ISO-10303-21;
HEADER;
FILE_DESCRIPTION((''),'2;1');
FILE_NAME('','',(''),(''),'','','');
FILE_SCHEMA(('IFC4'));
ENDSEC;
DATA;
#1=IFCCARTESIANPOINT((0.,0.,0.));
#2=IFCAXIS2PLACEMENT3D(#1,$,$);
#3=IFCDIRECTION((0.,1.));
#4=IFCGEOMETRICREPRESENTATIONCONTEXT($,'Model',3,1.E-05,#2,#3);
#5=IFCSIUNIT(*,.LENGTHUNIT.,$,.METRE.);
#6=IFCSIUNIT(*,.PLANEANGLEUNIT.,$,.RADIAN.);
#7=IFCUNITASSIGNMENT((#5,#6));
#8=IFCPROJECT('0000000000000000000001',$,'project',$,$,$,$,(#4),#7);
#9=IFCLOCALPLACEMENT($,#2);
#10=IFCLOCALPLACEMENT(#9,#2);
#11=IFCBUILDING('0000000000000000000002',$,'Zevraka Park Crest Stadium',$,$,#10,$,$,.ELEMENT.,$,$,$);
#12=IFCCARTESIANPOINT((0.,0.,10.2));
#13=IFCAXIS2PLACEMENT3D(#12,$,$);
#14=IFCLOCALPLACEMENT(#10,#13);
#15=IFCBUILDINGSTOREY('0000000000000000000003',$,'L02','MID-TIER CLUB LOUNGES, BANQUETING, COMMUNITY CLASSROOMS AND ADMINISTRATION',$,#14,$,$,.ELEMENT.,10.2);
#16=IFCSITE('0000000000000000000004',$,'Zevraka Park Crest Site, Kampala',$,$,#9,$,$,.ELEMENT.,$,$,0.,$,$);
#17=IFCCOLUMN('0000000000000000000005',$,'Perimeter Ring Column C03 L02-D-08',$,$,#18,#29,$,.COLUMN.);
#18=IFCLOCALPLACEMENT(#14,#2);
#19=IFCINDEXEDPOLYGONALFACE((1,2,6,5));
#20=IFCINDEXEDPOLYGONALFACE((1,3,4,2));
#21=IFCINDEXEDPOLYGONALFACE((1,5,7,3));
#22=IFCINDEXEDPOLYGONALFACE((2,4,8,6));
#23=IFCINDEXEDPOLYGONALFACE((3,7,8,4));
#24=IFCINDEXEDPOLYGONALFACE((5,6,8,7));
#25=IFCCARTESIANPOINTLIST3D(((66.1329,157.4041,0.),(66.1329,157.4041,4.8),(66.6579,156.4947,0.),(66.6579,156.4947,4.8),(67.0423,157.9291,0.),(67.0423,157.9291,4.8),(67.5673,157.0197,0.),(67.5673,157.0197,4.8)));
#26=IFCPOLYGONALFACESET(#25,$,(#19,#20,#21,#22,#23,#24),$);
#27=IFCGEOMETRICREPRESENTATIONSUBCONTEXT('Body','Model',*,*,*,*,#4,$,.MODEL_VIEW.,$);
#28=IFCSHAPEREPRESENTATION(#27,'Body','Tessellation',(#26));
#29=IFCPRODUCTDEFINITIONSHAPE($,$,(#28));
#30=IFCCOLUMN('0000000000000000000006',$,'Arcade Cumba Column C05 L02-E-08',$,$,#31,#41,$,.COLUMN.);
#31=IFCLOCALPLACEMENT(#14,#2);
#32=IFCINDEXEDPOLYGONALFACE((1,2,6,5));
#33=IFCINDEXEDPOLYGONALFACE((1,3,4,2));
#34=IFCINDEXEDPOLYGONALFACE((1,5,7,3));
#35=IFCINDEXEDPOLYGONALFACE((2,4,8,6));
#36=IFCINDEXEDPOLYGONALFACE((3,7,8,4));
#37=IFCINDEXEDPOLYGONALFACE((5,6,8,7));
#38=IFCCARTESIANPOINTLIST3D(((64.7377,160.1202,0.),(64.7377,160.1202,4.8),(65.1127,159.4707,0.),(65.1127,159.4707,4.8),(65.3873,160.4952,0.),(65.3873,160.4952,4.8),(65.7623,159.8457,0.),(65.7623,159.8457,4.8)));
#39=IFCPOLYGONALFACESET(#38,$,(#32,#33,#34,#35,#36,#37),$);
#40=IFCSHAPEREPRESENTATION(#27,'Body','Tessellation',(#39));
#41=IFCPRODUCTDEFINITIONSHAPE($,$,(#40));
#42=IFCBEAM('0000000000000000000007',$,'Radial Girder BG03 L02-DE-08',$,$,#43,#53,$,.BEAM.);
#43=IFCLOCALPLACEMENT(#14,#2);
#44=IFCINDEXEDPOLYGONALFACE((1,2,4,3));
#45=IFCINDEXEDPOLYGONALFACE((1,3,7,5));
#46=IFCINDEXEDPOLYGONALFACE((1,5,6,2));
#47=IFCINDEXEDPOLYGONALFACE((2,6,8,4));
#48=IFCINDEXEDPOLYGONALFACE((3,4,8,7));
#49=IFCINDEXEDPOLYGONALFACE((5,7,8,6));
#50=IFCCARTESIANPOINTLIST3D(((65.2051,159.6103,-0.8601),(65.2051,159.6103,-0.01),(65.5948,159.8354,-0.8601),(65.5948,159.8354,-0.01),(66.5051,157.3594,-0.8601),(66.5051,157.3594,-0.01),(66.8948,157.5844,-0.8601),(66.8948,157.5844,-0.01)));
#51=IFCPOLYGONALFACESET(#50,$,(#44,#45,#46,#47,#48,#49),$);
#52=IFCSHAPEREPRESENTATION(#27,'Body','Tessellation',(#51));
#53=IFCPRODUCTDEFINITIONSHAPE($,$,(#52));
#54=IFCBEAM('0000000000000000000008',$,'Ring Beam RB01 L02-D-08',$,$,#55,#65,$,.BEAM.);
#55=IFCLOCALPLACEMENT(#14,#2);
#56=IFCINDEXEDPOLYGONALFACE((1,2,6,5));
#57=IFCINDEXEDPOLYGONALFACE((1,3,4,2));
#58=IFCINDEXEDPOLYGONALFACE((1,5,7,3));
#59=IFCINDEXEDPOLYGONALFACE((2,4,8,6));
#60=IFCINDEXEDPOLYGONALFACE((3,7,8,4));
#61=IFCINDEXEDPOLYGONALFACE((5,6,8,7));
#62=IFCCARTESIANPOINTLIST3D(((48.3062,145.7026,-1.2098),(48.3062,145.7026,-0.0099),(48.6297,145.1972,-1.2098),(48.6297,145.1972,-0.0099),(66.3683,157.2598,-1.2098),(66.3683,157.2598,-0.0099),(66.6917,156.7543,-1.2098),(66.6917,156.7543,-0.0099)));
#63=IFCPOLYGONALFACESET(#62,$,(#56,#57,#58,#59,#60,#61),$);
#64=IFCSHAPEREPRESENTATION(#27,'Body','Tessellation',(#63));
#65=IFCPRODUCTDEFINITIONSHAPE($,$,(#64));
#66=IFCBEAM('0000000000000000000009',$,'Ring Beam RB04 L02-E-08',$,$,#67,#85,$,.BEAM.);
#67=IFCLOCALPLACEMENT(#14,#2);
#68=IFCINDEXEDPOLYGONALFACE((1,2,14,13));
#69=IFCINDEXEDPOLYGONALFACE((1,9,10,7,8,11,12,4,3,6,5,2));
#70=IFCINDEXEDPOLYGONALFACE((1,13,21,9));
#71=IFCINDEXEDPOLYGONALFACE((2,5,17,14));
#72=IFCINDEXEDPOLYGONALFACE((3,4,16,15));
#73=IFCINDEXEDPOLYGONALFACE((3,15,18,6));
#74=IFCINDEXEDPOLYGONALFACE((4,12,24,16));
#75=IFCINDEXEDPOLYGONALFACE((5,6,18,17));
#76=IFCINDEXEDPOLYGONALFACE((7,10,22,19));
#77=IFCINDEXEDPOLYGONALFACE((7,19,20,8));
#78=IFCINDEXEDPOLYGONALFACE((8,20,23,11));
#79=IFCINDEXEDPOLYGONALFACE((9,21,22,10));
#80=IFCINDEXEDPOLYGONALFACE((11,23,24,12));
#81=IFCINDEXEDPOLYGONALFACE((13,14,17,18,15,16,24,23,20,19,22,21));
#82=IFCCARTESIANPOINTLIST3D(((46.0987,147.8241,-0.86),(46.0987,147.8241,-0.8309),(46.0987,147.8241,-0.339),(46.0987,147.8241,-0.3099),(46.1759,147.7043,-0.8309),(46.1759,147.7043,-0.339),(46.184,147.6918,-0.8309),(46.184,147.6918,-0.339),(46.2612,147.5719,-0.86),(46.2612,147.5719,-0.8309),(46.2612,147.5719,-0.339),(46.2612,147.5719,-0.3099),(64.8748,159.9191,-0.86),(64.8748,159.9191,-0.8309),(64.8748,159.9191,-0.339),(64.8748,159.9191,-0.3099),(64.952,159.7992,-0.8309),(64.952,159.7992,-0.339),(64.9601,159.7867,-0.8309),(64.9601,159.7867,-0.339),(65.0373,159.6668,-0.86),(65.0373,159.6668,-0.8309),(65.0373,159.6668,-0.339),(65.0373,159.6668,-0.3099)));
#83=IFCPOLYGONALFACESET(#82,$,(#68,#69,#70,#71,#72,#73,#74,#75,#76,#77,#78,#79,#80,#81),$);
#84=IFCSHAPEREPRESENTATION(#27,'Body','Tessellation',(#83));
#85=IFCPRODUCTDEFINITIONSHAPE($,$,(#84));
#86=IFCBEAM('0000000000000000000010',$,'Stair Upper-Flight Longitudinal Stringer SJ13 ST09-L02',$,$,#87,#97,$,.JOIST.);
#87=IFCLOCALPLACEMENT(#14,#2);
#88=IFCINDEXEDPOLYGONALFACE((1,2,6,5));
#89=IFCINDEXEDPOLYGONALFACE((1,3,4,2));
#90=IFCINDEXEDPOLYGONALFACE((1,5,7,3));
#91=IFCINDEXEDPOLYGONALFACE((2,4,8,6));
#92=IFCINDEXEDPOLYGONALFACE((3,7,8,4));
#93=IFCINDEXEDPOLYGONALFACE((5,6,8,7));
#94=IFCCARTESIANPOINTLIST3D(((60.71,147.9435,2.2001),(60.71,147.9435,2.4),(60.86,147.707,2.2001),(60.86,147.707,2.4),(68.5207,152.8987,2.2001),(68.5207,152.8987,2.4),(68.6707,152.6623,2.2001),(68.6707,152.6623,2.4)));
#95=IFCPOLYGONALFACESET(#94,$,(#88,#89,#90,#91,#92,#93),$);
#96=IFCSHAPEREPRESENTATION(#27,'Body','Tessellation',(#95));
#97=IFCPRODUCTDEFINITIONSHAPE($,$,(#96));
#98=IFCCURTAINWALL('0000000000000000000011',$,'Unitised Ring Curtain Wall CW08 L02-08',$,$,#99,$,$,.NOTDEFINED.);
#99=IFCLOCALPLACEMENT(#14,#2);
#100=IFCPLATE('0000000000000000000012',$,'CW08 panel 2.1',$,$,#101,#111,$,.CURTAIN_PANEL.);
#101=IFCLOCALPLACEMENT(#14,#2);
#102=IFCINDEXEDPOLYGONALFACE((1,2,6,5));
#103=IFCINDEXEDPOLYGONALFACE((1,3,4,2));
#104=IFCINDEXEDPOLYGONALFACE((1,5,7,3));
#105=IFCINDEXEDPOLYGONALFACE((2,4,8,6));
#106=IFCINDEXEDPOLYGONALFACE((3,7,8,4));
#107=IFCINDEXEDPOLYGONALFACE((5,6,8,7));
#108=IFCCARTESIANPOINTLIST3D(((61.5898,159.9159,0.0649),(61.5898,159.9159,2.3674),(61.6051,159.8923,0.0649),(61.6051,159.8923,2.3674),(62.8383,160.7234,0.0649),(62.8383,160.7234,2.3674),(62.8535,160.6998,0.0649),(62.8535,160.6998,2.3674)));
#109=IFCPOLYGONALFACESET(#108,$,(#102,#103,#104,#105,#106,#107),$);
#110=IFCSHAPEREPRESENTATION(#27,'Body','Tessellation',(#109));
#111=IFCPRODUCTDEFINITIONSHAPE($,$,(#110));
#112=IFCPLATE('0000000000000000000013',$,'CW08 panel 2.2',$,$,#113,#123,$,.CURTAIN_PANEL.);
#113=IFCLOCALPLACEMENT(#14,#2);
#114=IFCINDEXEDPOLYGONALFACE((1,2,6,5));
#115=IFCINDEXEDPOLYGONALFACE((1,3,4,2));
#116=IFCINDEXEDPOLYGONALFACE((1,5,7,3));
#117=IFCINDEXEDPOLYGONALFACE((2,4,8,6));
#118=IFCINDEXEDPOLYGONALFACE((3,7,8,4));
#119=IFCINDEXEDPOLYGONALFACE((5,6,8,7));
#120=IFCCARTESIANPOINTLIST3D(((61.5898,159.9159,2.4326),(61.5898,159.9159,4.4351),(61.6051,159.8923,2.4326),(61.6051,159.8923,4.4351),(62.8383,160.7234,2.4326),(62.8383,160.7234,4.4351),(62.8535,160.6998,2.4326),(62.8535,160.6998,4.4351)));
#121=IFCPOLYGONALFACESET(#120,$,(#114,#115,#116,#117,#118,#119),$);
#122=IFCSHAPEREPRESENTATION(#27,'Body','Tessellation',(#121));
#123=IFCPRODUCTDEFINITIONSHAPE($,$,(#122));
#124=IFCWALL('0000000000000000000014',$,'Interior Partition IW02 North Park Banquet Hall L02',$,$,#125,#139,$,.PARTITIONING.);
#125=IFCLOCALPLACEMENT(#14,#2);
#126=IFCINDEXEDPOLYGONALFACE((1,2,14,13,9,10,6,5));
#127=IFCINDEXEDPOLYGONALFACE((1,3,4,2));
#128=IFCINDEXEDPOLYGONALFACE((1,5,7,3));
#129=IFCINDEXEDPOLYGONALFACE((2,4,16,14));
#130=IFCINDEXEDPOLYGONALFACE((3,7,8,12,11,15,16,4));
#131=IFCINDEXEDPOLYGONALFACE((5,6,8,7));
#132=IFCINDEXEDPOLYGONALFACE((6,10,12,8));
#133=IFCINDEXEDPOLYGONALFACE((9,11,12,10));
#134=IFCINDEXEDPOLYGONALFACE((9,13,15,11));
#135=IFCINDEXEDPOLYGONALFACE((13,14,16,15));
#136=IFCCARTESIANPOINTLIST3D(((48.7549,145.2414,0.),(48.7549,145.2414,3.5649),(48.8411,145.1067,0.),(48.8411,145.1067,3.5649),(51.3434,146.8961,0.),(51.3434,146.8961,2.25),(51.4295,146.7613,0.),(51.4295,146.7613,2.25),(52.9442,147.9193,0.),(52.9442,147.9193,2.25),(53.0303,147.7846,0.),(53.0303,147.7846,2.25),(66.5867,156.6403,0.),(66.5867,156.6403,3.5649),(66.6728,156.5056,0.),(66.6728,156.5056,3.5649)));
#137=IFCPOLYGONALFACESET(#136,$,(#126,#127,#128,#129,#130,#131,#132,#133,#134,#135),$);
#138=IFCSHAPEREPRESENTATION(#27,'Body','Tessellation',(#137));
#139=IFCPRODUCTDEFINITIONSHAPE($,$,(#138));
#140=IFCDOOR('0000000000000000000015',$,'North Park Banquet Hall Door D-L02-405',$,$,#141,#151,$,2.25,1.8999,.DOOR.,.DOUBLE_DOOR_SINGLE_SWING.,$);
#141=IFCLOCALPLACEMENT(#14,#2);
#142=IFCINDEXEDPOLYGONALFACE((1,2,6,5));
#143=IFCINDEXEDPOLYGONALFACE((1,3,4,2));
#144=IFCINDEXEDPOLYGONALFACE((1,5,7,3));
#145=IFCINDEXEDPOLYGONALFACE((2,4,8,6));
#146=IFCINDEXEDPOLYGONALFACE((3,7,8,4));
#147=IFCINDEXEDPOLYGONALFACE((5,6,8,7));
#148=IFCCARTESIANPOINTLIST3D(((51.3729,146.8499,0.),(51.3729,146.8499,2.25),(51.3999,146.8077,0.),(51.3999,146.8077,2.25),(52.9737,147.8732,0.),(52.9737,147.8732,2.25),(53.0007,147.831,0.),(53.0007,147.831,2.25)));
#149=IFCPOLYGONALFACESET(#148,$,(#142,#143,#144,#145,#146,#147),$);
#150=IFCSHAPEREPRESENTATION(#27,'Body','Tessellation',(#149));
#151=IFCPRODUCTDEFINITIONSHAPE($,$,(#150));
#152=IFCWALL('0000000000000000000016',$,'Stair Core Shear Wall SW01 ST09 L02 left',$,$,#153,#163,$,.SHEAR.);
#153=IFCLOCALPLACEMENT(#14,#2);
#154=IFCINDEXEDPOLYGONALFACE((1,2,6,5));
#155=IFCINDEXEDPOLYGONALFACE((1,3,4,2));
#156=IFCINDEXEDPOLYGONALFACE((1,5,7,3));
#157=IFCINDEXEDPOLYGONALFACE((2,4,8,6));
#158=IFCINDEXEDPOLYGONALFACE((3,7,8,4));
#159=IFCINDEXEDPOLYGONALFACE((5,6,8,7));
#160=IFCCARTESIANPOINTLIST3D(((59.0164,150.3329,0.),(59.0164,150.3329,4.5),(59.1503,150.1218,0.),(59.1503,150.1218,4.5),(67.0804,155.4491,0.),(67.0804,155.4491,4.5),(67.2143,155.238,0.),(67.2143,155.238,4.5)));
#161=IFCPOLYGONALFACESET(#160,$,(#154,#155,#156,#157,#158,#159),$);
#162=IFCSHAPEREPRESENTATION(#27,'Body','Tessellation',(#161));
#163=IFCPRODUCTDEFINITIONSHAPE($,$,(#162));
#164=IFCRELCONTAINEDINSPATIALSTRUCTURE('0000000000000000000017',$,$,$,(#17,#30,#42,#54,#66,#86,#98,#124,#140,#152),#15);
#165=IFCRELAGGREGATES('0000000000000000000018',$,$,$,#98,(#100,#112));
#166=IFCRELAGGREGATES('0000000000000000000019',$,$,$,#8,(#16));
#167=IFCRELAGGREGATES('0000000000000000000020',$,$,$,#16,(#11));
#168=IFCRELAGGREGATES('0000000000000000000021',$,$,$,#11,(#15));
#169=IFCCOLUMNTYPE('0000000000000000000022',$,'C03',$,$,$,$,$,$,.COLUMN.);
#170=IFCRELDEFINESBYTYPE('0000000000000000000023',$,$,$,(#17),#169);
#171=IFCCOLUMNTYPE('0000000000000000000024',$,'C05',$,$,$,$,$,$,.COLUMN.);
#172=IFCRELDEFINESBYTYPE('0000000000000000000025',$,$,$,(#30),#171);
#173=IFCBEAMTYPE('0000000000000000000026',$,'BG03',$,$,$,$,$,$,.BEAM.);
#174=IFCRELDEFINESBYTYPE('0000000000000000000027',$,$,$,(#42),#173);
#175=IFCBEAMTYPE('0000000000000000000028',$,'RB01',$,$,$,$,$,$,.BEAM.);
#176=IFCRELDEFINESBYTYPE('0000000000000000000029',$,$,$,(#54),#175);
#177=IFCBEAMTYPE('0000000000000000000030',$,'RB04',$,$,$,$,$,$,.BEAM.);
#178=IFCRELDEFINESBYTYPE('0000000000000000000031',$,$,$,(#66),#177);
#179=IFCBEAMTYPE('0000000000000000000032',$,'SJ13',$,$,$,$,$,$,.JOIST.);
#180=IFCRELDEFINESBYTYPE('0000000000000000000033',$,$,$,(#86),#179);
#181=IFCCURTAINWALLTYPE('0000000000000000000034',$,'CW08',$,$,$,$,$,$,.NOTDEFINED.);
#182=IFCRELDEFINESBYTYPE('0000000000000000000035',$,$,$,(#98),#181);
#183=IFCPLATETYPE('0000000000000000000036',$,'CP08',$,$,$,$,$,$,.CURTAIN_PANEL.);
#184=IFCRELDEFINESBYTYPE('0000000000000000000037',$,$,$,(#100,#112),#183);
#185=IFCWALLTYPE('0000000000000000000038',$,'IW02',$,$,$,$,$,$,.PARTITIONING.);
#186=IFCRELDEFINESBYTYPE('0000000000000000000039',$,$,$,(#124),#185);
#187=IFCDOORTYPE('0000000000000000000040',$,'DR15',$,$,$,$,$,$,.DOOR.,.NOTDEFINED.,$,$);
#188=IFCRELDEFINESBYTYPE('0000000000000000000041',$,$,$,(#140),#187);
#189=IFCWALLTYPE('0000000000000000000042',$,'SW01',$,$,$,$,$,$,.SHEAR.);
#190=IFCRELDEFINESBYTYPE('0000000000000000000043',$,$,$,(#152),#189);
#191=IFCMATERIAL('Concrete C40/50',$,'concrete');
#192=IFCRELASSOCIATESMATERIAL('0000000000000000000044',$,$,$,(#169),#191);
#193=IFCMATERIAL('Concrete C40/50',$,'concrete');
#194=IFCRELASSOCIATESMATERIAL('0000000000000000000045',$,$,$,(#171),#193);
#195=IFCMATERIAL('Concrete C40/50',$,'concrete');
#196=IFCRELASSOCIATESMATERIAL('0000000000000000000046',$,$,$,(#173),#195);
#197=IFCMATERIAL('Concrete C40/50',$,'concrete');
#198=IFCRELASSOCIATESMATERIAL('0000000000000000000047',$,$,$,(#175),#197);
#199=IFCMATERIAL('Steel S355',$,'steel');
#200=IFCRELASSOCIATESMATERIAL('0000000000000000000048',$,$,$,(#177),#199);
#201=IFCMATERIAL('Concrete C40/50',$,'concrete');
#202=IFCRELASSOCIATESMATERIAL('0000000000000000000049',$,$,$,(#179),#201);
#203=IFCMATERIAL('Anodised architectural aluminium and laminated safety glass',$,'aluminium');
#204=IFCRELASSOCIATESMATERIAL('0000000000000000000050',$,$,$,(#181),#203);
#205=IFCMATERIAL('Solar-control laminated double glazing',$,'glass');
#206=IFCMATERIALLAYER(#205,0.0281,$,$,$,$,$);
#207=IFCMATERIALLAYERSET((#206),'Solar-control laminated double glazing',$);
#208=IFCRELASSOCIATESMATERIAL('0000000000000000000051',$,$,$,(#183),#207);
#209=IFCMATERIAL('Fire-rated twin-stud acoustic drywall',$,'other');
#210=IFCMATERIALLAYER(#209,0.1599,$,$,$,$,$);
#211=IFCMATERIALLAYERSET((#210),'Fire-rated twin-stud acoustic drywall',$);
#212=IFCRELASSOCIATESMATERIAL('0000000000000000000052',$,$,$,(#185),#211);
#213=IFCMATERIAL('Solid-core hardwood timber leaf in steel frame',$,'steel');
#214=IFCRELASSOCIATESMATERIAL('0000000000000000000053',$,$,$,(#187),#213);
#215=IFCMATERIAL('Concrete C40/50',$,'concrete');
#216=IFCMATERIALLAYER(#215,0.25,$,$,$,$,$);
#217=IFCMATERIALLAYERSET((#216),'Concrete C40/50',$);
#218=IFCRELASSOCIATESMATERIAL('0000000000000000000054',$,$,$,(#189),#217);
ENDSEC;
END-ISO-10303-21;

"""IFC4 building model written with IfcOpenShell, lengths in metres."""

from ifc_helpers import new_model, si_unit, direction, frame, frame_2d, origin, origin_2d, place, context, subcontext, project, spatial, rectangle, i_section, extrude, material, layer, layer_set, material_profile, profile_set, type_object, element, fill, aggregate, save


model = new_model("IFC4")

# Units and contexts
model_context = context("Model", 3, precision=1e-05, world=origin(), true_north=direction((0.0, 1.0)))
body_context = subcontext(model_context, "Body", "Model", "MODEL_VIEW")
ifc_project = project(units=[si_unit("LENGTHUNIT", "METRE"), si_unit("PLANEANGLEUNIT", "RADIAN")], contexts=[model_context])

# Site, building, storey
site_placement = place(None, origin())
site = spatial("IfcSite", under=ifc_project, at=site_placement, Name="Zevraka Park Crest Site, Kampala", CompositionType="ELEMENT", RefElevation=0.0)
building_placement = place(site_placement, origin())
building = spatial("IfcBuilding", under=site, at=building_placement, Name="Zevraka Park Crest Stadium", CompositionType="ELEMENT")
storey_placement = place(building_placement, frame((0.0, 0.0, 10.2)))
storey = spatial("IfcBuildingStorey", under=building, at=storey_placement, Name="L02", Description="MID-TIER CLUB LOUNGES, BANQUETING, COMMUNITY CLASSROOMS AND ADMINISTRATION", CompositionType="ELEMENT", Elevation=10.2)

# Columns
ifc_material_1 = material(Name="Concrete C40/50", Category="concrete")
ifc_material_profile_1 = material_profile(ifc_material_1, rectangle(XDim=1.05, YDim=1.05, at=origin_2d()), Name="RC 1050x1050")
ifc_profile_set_1 = profile_set([ifc_material_profile_1], Name="Concrete C40/50")
column_type_1 = type_object("IfcColumnType", Name="C03", PredefinedType="COLUMN", material=ifc_profile_set_1)
column_1_placement = place(storey_placement, frame((66.8501, 157.2119, 0.0), z_axis=(0.0, 0.0, 1.0), x_axis=(-0.5, 0.866025, 0.0)))
element("IfcColumn", 1, at=column_1_placement, inside=storey, type_object=column_type_1, Name="Perimeter Ring Column C03 L02-D-08", PredefinedType="COLUMN", context=body_context, shape_type="SweptSolid", body=[
    extrude(rectangle(XDim=1.05, YDim=1.05, at=origin_2d()), origin(), (0.0, 0.0, 1.0), 4.8),
])
ifc_material_2 = material(Name="Concrete C40/50", Category="concrete")
ifc_material_profile_2 = material_profile(ifc_material_2, rectangle(XDim=0.75, YDim=0.75, at=origin_2d()), Name="RC 750x750")
ifc_profile_set_2 = profile_set([ifc_material_profile_2], Name="Concrete C40/50")
column_type_2 = type_object("IfcColumnType", Name="C05", PredefinedType="COLUMN", material=ifc_profile_set_2)
column_2_placement = place(storey_placement, frame((65.25, 159.9829, 0.0), z_axis=(0.0, 0.0, 1.0), x_axis=(-0.5, 0.866025, 0.0)))
element("IfcColumn", 2, at=column_2_placement, inside=storey, type_object=column_type_2, Name="Arcade Cumba Column C05 L02-E-08", PredefinedType="COLUMN", context=body_context, shape_type="SweptSolid", body=[
    extrude(rectangle(XDim=0.75, YDim=0.75, at=origin_2d()), origin(), (0.0, 0.0, 1.0), 4.8),
])

# Beams
ifc_material_3 = material(Name="Concrete C40/50", Category="concrete")
ifc_material_profile_3 = material_profile(ifc_material_3, rectangle(XDim=0.45, YDim=0.8501, at=origin_2d()), Name="RC 850x450")
ifc_profile_set_3 = profile_set([ifc_material_profile_3], Name="Concrete C40/50")
beam_type_1 = type_object("IfcBeamType", Name="BG03", PredefinedType="BEAM", material=ifc_profile_set_3)
beam_1_placement = place(storey_placement, frame((66.7, 157.4719, -0.4351), z_axis=(-0.500129, 0.865951, 0.0), x_axis=(-0.865951, -0.500129, 0.0)))
element("IfcBeam", 3, at=beam_1_placement, inside=storey, type_object=beam_type_1, Name="Radial Girder BG03 L02-DE-08", PredefinedType="BEAM", context=body_context, shape_type="SweptSolid", body=[
    extrude(rectangle(XDim=0.45, YDim=0.8501, at=origin_2d()), origin(), (0.0, 0.0, 1.0), 2.5994),
])
ifc_material_4 = material(Name="Concrete C40/50", Category="concrete")
ifc_material_profile_4 = material_profile(ifc_material_4, rectangle(XDim=0.6001, YDim=1.2, at=origin_2d()), Name="RC 1200x600")
ifc_profile_set_4 = profile_set([ifc_material_profile_4], Name="Concrete C40/50")
beam_type_2 = type_object("IfcBeamType", Name="RB01", PredefinedType="BEAM", material=ifc_profile_set_4)
beam_2_placement = place(storey_placement, frame((66.53, 157.0071, -0.6099), z_axis=(-0.842326, -0.538969, 0.0), x_axis=(0.538969, -0.842326, 0.0)))
element("IfcBeam", 4, at=beam_2_placement, inside=storey, type_object=beam_type_2, Name="Ring Beam RB01 L02-D-08", PredefinedType="BEAM", context=body_context, shape_type="SweptSolid", body=[
    extrude(rectangle(XDim=0.6001, YDim=1.2, at=origin_2d()), origin(), (0.0, 0.0, 1.0), 21.4431),
])
ifc_material_5 = material(Name="Steel S355", Category="steel")
ifc_material_profile_5 = material_profile(ifc_material_5, i_section(OverallWidth=0.3, OverallDepth=0.55, WebThickness=0.0149, FlangeThickness=0.0291, at=origin_2d()), Name="HEB 550")
ifc_profile_set_5 = profile_set([ifc_material_profile_5], Name="Steel S355")
beam_type_3 = type_object("IfcBeamType", Name="RB04", PredefinedType="BEAM", material=ifc_profile_set_5)
beam_3_placement = place(storey_placement, frame((64.9561, 159.793, -0.585), z_axis=(-0.840677, -0.541537, 0.0), x_axis=(0.541537, -0.840677, 0.0)))
element("IfcBeam", 5, at=beam_3_placement, inside=storey, type_object=beam_type_3, Name="Ring Beam RB04 L02-E-08", PredefinedType="BEAM", context=body_context, shape_type="SweptSolid", body=[
    extrude(i_section(OverallWidth=0.3, OverallDepth=0.55, WebThickness=0.0149, FlangeThickness=0.0291, at=origin_2d()), origin(), (0.0, 0.0, 1.0), 22.3345),
])
ifc_material_6 = material(Name="Concrete C40/50", Category="concrete")
ifc_material_profile_6 = material_profile(ifc_material_6, rectangle(XDim=0.28, YDim=0.2, at=origin_2d()), Name="RC 200x280")
ifc_profile_set_6 = profile_set([ifc_material_profile_6], Name="Concrete C40/50")
beam_type_4 = type_object("IfcBeamType", Name="SJ13", PredefinedType="JOIST", material=ifc_profile_set_6)
beam_4_placement = place(storey_placement, frame((68.5957, 152.7805, 2.3), z_axis=(-0.844404, -0.535707, 0.0), x_axis=(0.535707, -0.844404, 0.0)))
element("IfcBeam", 6, at=beam_4_placement, inside=storey, type_object=beam_type_4, Name="Stair Upper-Flight Longitudinal Stringer SJ13 ST09-L02", PredefinedType="JOIST", context=body_context, shape_type="SweptSolid", body=[
    extrude(rectangle(XDim=0.28, YDim=0.2, at=origin_2d()), origin(), (0.0, 0.0, 1.0), 9.25),
])

# Curtain wall, plates
ifc_material_7 = material(Name="Anodised architectural aluminium and laminated safety glass", Category="aluminium")
curtain_wall_type = type_object("IfcCurtainWallType", Name="CW08", PredefinedType="NOTDEFINED", material=ifc_material_7)
curtain_wall_placement = place(storey_placement, origin())
curtain_wall = element("IfcCurtainWall", 7, at=curtain_wall_placement, inside=storey, type_object=curtain_wall_type, Name="Unitised Ring Curtain Wall CW08 L02-08", PredefinedType="NOTDEFINED")
ifc_material_8 = material(Name="Solar-control laminated double glazing", Category="glass")
ifc_layer_1 = layer(ifc_material_8, 0.0281)
ifc_layer_set_1 = layer_set([ifc_layer_1], Name="Solar-control laminated double glazing")
plate_type = type_object("IfcPlateType", Name="CP08", PredefinedType="CURTAIN_PANEL", material=ifc_layer_set_1)
plate_1_placement = place(storey_placement, frame((62.2217, 160.3079, 0.0649), z_axis=(0.0, 0.0, 1.0), x_axis=(-0.83967, -0.543096, 0.0)))
plate_1 = element("IfcPlate", 8, at=plate_1_placement, type_object=plate_type, Name="CW08 panel 2.1", PredefinedType="CURTAIN_PANEL", context=body_context, shape_type="SweptSolid", body=[
    extrude(rectangle(XDim=1.4868, YDim=0.0281, at=origin_2d()), origin(), (0.0, 0.0, 1.0), 2.3025),
])
plate_2_placement = place(storey_placement, frame((62.2217, 160.3079, 2.4326), z_axis=(0.0, 0.0, 1.0), x_axis=(-0.83967, -0.543096, 0.0)))
plate_2 = element("IfcPlate", 9, at=plate_2_placement, type_object=plate_type, Name="CW08 panel 2.2", PredefinedType="CURTAIN_PANEL", context=body_context, shape_type="SweptSolid", body=[
    extrude(rectangle(XDim=1.4868, YDim=0.0281, at=origin_2d()), origin(), (0.0, 0.0, 1.0), 2.0024),
])
aggregate(curtain_wall, [plate_1, plate_2])

# Wall, opening, door
ifc_material_9 = material(Name="Fire-rated twin-stud acoustic drywall", Category="other")
ifc_layer_2 = layer(ifc_material_9, 0.1599)
ifc_layer_set_2 = layer_set([ifc_layer_2], Name="Fire-rated twin-stud acoustic drywall")
wall_type_1 = type_object("IfcWallType", Name="IW02", PredefinedType="PARTITIONING", material=ifc_layer_set_2)
wall_1_placement = place(storey_placement, frame((66.6299, 156.573, 0.0), z_axis=(0.0, 0.0, 1.0), x_axis=(-0.842559, -0.538604, 0.0)))
wall_1 = element("IfcWall", 10, at=wall_1_placement, inside=storey, type_object=wall_type_1, Name="Interior Partition IW02 North Park Banquet Hall L02", PredefinedType="PARTITIONING", context=body_context, shape_type="SweptSolid", body=[
    extrude(rectangle(XDim=21.1638, YDim=0.1599, at=frame_2d((10.582, 0.0))), origin(), (0.0, 0.0, 1.0), 3.5649),
])
opening_placement = place(wall_1_placement, frame((16.1919, 0.0, 0.0)))
opening = element("IfcOpeningElement", 11, at=opening_placement, cuts=wall_1, PredefinedType="OPENING", context=body_context, shape_type="SweptSolid", body=[
    extrude(rectangle(XDim=1.8999, YDim=2.25, at=frame_2d((0.95, 1.125))), frame((0.0, 0.0898, 0.0), z_axis=(0.0, -1.0, 0.0), x_axis=(1.0, 0.0, 0.0)), (0.0, 0.0, 1.0), 0.1799),
])
ifc_material_10 = material(Name="Solid-core hardwood timber leaf in steel frame", Category="steel")
door_type = type_object("IfcDoorType", Name="DR15", OperationType="NOTDEFINED", PredefinedType="DOOR", material=ifc_material_10)
door_placement = place(opening_placement, origin())
door = element("IfcDoor", 12, at=door_placement, inside=storey, type_object=door_type, Name="North Park Banquet Hall Door D-L02-405", OperationType="DOUBLE_DOOR_SINGLE_SWING", OverallHeight=2.25, OverallWidth=1.8999, PredefinedType="DOOR", context=body_context, shape_type="SweptSolid", body=[
    extrude(rectangle(XDim=1.8999, YDim=2.25, at=frame_2d((0.95, 1.125))), frame((0.0, 0.0249, 0.0), z_axis=(0.0, -1.0, 0.0), x_axis=(1.0, 0.0, 0.0)), (0.0, 0.0, 1.0), 0.05),
])
fill(opening, door)

# Wall
ifc_material_11 = material(Name="Concrete C40/50", Category="concrete")
ifc_layer_3 = layer(ifc_material_11, 0.25)
ifc_layer_set_3 = layer_set([ifc_layer_3], Name="Concrete C40/50")
wall_type_2 = type_object("IfcWallType", Name="SW01", PredefinedType="SHEAR", material=ifc_layer_set_3)
for number, where, z_axis, x_axis, name in (
    (13, (67.1472, 155.3435, 0.0), (0.0, 0.0, 1.0), (-0.844391, -0.535727, 0.0), "Stair Core Shear Wall SW01 ST09 L02 left"),
):
    element("IfcWall", number, at=place(storey_placement, frame(where, z_axis=z_axis, x_axis=x_axis)), inside=storey, type_object=wall_type_2, Name=name, PredefinedType="SHEAR", context=body_context, shape_type="SweptSolid", body=[
        extrude(rectangle(XDim=9.55, YDim=0.25, at=frame_2d((4.7749, 0.0))), origin(), (0.0, 0.0, 1.0), 4.5),
    ])

save(model, "model.ifc")
